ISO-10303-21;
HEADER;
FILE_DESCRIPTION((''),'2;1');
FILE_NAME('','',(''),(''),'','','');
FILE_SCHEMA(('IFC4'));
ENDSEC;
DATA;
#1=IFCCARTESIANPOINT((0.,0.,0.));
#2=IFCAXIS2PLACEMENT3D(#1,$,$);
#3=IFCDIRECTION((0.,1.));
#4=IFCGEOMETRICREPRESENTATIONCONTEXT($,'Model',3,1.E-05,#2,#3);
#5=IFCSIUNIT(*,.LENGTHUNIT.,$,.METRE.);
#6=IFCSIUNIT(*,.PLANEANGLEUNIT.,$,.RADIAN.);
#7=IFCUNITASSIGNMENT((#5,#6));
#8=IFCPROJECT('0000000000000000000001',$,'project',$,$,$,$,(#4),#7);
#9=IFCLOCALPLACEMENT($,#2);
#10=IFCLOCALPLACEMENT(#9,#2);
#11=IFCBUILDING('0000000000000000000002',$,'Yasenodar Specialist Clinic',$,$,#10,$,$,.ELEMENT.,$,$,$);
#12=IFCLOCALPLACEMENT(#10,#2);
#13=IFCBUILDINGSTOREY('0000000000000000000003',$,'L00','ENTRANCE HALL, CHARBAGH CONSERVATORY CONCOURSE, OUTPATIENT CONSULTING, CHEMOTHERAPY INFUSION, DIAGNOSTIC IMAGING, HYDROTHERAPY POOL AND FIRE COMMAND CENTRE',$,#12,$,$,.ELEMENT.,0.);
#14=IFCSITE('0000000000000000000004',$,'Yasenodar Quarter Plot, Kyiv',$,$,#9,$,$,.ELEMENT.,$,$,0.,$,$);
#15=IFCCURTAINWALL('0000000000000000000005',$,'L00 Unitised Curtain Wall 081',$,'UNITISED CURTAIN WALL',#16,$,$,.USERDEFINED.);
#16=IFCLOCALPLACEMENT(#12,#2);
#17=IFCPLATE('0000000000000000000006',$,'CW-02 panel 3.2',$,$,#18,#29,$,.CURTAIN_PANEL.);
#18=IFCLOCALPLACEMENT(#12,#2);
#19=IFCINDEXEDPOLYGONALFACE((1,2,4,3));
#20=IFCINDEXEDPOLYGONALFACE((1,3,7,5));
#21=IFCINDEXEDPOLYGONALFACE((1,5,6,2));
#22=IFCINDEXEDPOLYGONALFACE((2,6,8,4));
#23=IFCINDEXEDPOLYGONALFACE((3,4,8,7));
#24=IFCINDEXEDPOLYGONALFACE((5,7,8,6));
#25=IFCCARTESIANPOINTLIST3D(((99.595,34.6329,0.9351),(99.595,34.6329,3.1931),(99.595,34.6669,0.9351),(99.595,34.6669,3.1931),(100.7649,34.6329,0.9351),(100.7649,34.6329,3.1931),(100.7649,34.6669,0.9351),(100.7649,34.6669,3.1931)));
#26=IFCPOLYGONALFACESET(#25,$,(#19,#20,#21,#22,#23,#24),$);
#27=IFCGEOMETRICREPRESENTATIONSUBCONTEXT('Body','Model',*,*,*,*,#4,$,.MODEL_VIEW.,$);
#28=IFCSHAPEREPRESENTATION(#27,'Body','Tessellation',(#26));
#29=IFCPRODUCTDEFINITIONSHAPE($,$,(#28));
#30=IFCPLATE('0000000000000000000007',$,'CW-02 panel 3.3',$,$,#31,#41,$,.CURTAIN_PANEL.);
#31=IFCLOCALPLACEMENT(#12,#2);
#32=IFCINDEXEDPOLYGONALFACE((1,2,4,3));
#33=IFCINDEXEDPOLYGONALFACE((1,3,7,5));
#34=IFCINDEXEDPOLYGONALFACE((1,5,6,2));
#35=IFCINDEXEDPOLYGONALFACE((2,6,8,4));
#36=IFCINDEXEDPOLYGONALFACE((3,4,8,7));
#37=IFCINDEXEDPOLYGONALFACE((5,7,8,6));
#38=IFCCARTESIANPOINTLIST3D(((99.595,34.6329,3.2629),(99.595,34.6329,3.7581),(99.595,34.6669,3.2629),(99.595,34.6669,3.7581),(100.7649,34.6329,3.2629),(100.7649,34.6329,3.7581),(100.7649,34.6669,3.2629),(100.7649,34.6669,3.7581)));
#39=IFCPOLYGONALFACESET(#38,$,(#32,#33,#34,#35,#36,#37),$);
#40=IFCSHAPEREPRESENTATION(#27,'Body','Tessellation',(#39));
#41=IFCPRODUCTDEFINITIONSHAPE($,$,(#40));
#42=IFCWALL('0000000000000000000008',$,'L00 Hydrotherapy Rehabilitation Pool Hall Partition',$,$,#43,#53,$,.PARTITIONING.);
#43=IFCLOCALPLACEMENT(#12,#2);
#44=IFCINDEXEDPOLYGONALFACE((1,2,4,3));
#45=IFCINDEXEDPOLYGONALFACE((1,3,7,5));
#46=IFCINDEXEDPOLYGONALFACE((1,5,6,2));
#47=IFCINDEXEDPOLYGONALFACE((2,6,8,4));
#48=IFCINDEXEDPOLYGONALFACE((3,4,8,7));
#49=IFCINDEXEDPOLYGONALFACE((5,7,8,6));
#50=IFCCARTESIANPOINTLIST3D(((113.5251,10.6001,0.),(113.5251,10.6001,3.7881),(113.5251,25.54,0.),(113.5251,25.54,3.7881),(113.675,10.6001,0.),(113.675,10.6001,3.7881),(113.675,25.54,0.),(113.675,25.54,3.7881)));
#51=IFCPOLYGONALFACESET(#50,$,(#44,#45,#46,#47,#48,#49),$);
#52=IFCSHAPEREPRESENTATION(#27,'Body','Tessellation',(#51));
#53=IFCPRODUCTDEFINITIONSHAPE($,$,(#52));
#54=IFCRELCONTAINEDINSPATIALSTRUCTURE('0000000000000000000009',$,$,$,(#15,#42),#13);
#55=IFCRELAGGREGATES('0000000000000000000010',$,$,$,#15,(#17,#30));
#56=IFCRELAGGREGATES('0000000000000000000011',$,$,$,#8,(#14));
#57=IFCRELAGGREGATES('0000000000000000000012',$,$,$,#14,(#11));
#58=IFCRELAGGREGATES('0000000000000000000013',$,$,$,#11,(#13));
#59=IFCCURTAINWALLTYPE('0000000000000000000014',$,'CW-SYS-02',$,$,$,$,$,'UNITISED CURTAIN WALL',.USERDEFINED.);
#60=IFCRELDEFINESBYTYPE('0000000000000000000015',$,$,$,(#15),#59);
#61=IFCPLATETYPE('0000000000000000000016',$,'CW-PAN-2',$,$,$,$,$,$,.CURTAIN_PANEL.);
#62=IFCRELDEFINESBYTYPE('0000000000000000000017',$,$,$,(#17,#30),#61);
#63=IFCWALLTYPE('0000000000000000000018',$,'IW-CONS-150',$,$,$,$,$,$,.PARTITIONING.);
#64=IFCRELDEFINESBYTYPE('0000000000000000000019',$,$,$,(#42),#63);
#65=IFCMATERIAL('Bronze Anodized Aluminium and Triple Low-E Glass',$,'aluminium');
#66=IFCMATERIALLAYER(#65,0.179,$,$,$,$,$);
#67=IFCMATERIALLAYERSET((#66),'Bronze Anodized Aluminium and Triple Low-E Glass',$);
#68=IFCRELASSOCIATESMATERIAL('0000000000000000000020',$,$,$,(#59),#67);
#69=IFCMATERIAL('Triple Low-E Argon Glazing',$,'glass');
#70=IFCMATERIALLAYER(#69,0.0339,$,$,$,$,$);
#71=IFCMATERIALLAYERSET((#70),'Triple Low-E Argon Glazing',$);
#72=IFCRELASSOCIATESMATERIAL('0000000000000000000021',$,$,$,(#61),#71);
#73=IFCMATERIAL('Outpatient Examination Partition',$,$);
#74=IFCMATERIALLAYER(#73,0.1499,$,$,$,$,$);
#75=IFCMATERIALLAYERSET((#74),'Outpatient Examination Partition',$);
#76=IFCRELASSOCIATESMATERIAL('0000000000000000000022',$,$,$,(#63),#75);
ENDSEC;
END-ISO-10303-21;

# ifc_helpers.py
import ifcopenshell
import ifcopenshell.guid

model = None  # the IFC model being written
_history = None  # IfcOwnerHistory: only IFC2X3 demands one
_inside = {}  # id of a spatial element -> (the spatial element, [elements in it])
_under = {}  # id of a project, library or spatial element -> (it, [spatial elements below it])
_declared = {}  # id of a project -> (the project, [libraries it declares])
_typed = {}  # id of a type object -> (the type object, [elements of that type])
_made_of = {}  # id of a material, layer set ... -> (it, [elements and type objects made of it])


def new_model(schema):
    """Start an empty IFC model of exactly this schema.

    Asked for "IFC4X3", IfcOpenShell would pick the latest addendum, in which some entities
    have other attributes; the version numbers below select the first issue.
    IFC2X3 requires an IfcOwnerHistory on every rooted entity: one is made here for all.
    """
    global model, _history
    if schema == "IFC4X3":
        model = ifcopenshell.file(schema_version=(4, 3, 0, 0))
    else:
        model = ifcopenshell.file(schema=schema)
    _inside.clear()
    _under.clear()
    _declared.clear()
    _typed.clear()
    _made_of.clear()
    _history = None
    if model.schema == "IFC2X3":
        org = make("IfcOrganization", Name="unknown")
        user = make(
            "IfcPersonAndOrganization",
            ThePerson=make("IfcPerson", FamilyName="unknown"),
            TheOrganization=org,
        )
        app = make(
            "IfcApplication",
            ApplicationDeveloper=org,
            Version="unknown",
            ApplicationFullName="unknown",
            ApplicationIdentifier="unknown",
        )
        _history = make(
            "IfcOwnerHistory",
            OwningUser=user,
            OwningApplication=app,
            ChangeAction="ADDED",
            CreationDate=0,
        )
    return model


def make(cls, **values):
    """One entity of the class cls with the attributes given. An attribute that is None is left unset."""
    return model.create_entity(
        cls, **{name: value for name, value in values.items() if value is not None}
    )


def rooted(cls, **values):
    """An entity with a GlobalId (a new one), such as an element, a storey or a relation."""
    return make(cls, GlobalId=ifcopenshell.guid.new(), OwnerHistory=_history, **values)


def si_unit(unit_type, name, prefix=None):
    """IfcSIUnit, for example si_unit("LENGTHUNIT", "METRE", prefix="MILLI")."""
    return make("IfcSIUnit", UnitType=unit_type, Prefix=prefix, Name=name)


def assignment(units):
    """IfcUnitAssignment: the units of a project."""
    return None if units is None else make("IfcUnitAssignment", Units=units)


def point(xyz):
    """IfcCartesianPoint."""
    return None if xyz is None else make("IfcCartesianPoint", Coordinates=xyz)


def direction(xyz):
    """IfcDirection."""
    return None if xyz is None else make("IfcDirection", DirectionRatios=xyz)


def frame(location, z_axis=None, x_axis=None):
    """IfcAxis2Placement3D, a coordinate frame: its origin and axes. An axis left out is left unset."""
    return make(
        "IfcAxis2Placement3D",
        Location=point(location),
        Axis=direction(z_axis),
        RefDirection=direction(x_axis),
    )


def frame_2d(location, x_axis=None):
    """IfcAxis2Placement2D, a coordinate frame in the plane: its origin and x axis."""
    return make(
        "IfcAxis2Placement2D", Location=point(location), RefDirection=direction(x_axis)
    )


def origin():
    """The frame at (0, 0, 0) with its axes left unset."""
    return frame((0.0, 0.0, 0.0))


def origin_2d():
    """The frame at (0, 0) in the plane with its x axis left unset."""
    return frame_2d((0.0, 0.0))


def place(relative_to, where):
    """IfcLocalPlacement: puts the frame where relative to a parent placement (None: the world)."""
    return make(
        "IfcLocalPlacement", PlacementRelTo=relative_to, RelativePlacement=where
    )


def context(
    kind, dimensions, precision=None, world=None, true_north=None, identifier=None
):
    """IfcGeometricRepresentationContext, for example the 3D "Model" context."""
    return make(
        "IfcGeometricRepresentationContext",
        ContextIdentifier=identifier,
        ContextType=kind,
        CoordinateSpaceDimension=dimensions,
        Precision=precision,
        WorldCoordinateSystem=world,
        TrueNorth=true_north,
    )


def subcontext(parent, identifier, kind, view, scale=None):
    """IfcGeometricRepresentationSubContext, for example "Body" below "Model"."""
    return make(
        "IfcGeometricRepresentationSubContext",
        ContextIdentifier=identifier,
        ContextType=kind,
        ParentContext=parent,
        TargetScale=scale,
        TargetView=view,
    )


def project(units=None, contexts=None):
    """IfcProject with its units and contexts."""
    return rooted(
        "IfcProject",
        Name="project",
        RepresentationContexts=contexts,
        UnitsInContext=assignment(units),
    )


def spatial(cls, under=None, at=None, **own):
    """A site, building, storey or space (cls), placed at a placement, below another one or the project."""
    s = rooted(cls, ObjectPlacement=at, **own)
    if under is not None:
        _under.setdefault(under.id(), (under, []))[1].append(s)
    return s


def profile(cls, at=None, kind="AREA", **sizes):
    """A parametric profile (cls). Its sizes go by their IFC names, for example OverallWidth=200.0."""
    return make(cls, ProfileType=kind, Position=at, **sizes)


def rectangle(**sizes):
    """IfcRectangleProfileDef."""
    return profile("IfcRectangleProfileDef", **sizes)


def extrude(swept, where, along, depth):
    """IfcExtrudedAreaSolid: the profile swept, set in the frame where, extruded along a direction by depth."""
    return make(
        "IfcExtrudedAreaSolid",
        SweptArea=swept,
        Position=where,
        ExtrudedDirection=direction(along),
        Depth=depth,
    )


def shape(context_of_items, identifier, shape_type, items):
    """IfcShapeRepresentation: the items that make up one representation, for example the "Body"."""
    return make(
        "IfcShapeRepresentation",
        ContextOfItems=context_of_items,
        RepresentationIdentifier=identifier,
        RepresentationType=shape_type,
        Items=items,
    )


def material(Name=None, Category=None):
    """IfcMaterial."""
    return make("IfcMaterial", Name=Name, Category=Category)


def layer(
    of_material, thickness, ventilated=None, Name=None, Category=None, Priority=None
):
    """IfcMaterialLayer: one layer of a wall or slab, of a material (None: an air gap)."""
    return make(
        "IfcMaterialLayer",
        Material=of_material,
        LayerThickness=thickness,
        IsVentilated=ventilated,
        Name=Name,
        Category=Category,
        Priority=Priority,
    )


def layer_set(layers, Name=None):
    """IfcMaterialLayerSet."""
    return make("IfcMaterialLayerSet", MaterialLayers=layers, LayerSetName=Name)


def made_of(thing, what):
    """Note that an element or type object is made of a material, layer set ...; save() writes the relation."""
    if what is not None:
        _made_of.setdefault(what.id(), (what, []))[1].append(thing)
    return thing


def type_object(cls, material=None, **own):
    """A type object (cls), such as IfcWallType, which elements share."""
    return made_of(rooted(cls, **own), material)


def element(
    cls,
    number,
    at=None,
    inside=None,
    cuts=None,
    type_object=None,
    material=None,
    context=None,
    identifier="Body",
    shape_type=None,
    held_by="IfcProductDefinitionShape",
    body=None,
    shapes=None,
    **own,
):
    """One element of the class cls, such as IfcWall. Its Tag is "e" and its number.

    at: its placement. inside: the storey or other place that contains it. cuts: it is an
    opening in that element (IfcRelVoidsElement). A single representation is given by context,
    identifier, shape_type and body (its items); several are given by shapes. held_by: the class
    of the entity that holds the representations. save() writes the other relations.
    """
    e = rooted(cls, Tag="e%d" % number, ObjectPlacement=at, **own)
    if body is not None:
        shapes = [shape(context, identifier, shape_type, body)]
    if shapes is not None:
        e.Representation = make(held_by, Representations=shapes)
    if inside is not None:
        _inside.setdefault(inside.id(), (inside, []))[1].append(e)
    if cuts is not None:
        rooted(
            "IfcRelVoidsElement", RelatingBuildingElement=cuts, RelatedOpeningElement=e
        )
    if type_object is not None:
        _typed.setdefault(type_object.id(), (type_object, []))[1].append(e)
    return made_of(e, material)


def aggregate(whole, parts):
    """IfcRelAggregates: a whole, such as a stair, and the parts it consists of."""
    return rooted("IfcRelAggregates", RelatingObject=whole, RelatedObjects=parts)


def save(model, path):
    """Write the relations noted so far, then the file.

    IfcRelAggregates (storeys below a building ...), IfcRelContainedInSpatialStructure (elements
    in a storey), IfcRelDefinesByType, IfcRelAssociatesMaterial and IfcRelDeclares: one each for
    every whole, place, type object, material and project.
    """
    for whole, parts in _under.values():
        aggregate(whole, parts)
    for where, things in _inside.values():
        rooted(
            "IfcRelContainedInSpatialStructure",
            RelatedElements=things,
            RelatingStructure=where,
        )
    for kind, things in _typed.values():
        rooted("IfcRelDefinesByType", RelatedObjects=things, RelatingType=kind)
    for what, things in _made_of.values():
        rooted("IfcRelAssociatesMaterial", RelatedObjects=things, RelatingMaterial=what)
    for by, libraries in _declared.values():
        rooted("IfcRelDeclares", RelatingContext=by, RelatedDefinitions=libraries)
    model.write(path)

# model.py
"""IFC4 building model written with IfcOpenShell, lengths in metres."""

from ifc_helpers import new_model, si_unit, direction, frame, frame_2d, origin, origin_2d, place, context, subcontext, project, spatial, rectangle, extrude, material, layer, layer_set, type_object, element, aggregate, save


model = new_model("IFC4")

# Units and contexts
model_context = context("Model", 3, precision=1e-05, world=origin(), true_north=direction((0.0, 1.0)))
body_context = subcontext(model_context, "Body", "Model", "MODEL_VIEW")
ifc_project = project(units=[si_unit("LENGTHUNIT", "METRE"), si_unit("PLANEANGLEUNIT", "RADIAN")], contexts=[model_context])

# Site, building, storey
site_placement = place(None, origin())
site = spatial("IfcSite", under=ifc_project, at=site_placement, Name="Yasenodar Quarter Plot, Kyiv", CompositionType="ELEMENT", RefElevation=0.0)
building_placement = place(site_placement, origin())
building = spatial("IfcBuilding", under=site, at=building_placement, Name="Yasenodar Specialist Clinic", CompositionType="ELEMENT")
storey_placement = place(building_placement, origin())
storey = spatial("IfcBuildingStorey", under=building, at=storey_placement, Name="L00", Description="ENTRANCE HALL, CHARBAGH CONSERVATORY CONCOURSE, OUTPATIENT CONSULTING, CHEMOTHERAPY INFUSION, DIAGNOSTIC IMAGING, HYDROTHERAPY POOL AND FIRE COMMAND CENTRE", CompositionType="ELEMENT", Elevation=0.0)

# Curtain wall
ifc_material_1 = material(Name="Bronze Anodized Aluminium and Triple Low-E Glass", Category="aluminium")
ifc_layer_1 = layer(ifc_material_1, 0.179)
ifc_layer_set_1 = layer_set([ifc_layer_1], Name="Bronze Anodized Aluminium and Triple Low-E Glass")
curtain_wall_type = type_object("IfcCurtainWallType", Name="CW-SYS-02", ElementType="UNITISED CURTAIN WALL", PredefinedType="USERDEFINED", material=ifc_layer_set_1)
curtain_wall_placement = place(storey_placement, origin())
curtain_wall = element("IfcCurtainWall", 1, at=curtain_wall_placement, inside=storey, type_object=curtain_wall_type, Name="L00 Unitised Curtain Wall 081", ObjectType="UNITISED CURTAIN WALL", PredefinedType="USERDEFINED")

# Plates
ifc_material_2 = material(Name="Triple Low-E Argon Glazing", Category="glass")
ifc_layer_2 = layer(ifc_material_2, 0.0339)
ifc_layer_set_2 = layer_set([ifc_layer_2], Name="Triple Low-E Argon Glazing")
plate_type = type_object("IfcPlateType", Name="CW-PAN-2", PredefinedType="CURTAIN_PANEL", material=ifc_layer_set_2)
plate_1_placement = place(storey_placement, frame((100.1799, 34.6499, 0.9351), z_axis=(0.0, 0.0, 1.0), x_axis=(1.0, 0.0, 0.0)))
plate_1 = element("IfcPlate", 2, at=plate_1_placement, type_object=plate_type, Name="CW-02 panel 3.2", PredefinedType="CURTAIN_PANEL", context=body_context, shape_type="SweptSolid", body=[
    extrude(rectangle(XDim=1.1699, YDim=0.0339, at=origin_2d()), origin(), (0.0, 0.0, 1.0), 2.2581),
])
plate_2_placement = place(storey_placement, frame((100.1799, 34.6499, 3.2629), z_axis=(0.0, 0.0, 1.0), x_axis=(1.0, 0.0, 0.0)))
plate_2 = element("IfcPlate", 3, at=plate_2_placement, type_object=plate_type, Name="CW-02 panel 3.3", PredefinedType="CURTAIN_PANEL", context=body_context, shape_type="SweptSolid", body=[
    extrude(rectangle(XDim=1.1699, YDim=0.0339, at=origin_2d()), origin(), (0.0, 0.0, 1.0), 0.4951),
])
aggregate(curtain_wall, [plate_1, plate_2])

# Wall
ifc_material_3 = material(Name="Outpatient Examination Partition")
ifc_layer_3 = layer(ifc_material_3, 0.1499)
ifc_layer_set_3 = layer_set([ifc_layer_3], Name="Outpatient Examination Partition")
wall_type = type_object("IfcWallType", Name="IW-CONS-150", PredefinedType="PARTITIONING", material=ifc_layer_set_3)
wall_placement = place(storey_placement, frame((113.6001, 25.54, 0.0), z_axis=(0.0, 0.0, 1.0), x_axis=(0.0, -1.0, 0.0)))
element("IfcWall", 4, at=wall_placement, inside=storey, type_object=wall_type, Name="L00 Hydrotherapy Rehabilitation Pool Hall Partition", PredefinedType="PARTITIONING", context=body_context, shape_type="SweptSolid", body=[
    extrude(rectangle(XDim=14.9399, YDim=0.1499, at=frame_2d((7.47, 0.0))), origin(), (0.0, 0.0, 1.0), 3.7881),
])

save(model, "model.ifc")
